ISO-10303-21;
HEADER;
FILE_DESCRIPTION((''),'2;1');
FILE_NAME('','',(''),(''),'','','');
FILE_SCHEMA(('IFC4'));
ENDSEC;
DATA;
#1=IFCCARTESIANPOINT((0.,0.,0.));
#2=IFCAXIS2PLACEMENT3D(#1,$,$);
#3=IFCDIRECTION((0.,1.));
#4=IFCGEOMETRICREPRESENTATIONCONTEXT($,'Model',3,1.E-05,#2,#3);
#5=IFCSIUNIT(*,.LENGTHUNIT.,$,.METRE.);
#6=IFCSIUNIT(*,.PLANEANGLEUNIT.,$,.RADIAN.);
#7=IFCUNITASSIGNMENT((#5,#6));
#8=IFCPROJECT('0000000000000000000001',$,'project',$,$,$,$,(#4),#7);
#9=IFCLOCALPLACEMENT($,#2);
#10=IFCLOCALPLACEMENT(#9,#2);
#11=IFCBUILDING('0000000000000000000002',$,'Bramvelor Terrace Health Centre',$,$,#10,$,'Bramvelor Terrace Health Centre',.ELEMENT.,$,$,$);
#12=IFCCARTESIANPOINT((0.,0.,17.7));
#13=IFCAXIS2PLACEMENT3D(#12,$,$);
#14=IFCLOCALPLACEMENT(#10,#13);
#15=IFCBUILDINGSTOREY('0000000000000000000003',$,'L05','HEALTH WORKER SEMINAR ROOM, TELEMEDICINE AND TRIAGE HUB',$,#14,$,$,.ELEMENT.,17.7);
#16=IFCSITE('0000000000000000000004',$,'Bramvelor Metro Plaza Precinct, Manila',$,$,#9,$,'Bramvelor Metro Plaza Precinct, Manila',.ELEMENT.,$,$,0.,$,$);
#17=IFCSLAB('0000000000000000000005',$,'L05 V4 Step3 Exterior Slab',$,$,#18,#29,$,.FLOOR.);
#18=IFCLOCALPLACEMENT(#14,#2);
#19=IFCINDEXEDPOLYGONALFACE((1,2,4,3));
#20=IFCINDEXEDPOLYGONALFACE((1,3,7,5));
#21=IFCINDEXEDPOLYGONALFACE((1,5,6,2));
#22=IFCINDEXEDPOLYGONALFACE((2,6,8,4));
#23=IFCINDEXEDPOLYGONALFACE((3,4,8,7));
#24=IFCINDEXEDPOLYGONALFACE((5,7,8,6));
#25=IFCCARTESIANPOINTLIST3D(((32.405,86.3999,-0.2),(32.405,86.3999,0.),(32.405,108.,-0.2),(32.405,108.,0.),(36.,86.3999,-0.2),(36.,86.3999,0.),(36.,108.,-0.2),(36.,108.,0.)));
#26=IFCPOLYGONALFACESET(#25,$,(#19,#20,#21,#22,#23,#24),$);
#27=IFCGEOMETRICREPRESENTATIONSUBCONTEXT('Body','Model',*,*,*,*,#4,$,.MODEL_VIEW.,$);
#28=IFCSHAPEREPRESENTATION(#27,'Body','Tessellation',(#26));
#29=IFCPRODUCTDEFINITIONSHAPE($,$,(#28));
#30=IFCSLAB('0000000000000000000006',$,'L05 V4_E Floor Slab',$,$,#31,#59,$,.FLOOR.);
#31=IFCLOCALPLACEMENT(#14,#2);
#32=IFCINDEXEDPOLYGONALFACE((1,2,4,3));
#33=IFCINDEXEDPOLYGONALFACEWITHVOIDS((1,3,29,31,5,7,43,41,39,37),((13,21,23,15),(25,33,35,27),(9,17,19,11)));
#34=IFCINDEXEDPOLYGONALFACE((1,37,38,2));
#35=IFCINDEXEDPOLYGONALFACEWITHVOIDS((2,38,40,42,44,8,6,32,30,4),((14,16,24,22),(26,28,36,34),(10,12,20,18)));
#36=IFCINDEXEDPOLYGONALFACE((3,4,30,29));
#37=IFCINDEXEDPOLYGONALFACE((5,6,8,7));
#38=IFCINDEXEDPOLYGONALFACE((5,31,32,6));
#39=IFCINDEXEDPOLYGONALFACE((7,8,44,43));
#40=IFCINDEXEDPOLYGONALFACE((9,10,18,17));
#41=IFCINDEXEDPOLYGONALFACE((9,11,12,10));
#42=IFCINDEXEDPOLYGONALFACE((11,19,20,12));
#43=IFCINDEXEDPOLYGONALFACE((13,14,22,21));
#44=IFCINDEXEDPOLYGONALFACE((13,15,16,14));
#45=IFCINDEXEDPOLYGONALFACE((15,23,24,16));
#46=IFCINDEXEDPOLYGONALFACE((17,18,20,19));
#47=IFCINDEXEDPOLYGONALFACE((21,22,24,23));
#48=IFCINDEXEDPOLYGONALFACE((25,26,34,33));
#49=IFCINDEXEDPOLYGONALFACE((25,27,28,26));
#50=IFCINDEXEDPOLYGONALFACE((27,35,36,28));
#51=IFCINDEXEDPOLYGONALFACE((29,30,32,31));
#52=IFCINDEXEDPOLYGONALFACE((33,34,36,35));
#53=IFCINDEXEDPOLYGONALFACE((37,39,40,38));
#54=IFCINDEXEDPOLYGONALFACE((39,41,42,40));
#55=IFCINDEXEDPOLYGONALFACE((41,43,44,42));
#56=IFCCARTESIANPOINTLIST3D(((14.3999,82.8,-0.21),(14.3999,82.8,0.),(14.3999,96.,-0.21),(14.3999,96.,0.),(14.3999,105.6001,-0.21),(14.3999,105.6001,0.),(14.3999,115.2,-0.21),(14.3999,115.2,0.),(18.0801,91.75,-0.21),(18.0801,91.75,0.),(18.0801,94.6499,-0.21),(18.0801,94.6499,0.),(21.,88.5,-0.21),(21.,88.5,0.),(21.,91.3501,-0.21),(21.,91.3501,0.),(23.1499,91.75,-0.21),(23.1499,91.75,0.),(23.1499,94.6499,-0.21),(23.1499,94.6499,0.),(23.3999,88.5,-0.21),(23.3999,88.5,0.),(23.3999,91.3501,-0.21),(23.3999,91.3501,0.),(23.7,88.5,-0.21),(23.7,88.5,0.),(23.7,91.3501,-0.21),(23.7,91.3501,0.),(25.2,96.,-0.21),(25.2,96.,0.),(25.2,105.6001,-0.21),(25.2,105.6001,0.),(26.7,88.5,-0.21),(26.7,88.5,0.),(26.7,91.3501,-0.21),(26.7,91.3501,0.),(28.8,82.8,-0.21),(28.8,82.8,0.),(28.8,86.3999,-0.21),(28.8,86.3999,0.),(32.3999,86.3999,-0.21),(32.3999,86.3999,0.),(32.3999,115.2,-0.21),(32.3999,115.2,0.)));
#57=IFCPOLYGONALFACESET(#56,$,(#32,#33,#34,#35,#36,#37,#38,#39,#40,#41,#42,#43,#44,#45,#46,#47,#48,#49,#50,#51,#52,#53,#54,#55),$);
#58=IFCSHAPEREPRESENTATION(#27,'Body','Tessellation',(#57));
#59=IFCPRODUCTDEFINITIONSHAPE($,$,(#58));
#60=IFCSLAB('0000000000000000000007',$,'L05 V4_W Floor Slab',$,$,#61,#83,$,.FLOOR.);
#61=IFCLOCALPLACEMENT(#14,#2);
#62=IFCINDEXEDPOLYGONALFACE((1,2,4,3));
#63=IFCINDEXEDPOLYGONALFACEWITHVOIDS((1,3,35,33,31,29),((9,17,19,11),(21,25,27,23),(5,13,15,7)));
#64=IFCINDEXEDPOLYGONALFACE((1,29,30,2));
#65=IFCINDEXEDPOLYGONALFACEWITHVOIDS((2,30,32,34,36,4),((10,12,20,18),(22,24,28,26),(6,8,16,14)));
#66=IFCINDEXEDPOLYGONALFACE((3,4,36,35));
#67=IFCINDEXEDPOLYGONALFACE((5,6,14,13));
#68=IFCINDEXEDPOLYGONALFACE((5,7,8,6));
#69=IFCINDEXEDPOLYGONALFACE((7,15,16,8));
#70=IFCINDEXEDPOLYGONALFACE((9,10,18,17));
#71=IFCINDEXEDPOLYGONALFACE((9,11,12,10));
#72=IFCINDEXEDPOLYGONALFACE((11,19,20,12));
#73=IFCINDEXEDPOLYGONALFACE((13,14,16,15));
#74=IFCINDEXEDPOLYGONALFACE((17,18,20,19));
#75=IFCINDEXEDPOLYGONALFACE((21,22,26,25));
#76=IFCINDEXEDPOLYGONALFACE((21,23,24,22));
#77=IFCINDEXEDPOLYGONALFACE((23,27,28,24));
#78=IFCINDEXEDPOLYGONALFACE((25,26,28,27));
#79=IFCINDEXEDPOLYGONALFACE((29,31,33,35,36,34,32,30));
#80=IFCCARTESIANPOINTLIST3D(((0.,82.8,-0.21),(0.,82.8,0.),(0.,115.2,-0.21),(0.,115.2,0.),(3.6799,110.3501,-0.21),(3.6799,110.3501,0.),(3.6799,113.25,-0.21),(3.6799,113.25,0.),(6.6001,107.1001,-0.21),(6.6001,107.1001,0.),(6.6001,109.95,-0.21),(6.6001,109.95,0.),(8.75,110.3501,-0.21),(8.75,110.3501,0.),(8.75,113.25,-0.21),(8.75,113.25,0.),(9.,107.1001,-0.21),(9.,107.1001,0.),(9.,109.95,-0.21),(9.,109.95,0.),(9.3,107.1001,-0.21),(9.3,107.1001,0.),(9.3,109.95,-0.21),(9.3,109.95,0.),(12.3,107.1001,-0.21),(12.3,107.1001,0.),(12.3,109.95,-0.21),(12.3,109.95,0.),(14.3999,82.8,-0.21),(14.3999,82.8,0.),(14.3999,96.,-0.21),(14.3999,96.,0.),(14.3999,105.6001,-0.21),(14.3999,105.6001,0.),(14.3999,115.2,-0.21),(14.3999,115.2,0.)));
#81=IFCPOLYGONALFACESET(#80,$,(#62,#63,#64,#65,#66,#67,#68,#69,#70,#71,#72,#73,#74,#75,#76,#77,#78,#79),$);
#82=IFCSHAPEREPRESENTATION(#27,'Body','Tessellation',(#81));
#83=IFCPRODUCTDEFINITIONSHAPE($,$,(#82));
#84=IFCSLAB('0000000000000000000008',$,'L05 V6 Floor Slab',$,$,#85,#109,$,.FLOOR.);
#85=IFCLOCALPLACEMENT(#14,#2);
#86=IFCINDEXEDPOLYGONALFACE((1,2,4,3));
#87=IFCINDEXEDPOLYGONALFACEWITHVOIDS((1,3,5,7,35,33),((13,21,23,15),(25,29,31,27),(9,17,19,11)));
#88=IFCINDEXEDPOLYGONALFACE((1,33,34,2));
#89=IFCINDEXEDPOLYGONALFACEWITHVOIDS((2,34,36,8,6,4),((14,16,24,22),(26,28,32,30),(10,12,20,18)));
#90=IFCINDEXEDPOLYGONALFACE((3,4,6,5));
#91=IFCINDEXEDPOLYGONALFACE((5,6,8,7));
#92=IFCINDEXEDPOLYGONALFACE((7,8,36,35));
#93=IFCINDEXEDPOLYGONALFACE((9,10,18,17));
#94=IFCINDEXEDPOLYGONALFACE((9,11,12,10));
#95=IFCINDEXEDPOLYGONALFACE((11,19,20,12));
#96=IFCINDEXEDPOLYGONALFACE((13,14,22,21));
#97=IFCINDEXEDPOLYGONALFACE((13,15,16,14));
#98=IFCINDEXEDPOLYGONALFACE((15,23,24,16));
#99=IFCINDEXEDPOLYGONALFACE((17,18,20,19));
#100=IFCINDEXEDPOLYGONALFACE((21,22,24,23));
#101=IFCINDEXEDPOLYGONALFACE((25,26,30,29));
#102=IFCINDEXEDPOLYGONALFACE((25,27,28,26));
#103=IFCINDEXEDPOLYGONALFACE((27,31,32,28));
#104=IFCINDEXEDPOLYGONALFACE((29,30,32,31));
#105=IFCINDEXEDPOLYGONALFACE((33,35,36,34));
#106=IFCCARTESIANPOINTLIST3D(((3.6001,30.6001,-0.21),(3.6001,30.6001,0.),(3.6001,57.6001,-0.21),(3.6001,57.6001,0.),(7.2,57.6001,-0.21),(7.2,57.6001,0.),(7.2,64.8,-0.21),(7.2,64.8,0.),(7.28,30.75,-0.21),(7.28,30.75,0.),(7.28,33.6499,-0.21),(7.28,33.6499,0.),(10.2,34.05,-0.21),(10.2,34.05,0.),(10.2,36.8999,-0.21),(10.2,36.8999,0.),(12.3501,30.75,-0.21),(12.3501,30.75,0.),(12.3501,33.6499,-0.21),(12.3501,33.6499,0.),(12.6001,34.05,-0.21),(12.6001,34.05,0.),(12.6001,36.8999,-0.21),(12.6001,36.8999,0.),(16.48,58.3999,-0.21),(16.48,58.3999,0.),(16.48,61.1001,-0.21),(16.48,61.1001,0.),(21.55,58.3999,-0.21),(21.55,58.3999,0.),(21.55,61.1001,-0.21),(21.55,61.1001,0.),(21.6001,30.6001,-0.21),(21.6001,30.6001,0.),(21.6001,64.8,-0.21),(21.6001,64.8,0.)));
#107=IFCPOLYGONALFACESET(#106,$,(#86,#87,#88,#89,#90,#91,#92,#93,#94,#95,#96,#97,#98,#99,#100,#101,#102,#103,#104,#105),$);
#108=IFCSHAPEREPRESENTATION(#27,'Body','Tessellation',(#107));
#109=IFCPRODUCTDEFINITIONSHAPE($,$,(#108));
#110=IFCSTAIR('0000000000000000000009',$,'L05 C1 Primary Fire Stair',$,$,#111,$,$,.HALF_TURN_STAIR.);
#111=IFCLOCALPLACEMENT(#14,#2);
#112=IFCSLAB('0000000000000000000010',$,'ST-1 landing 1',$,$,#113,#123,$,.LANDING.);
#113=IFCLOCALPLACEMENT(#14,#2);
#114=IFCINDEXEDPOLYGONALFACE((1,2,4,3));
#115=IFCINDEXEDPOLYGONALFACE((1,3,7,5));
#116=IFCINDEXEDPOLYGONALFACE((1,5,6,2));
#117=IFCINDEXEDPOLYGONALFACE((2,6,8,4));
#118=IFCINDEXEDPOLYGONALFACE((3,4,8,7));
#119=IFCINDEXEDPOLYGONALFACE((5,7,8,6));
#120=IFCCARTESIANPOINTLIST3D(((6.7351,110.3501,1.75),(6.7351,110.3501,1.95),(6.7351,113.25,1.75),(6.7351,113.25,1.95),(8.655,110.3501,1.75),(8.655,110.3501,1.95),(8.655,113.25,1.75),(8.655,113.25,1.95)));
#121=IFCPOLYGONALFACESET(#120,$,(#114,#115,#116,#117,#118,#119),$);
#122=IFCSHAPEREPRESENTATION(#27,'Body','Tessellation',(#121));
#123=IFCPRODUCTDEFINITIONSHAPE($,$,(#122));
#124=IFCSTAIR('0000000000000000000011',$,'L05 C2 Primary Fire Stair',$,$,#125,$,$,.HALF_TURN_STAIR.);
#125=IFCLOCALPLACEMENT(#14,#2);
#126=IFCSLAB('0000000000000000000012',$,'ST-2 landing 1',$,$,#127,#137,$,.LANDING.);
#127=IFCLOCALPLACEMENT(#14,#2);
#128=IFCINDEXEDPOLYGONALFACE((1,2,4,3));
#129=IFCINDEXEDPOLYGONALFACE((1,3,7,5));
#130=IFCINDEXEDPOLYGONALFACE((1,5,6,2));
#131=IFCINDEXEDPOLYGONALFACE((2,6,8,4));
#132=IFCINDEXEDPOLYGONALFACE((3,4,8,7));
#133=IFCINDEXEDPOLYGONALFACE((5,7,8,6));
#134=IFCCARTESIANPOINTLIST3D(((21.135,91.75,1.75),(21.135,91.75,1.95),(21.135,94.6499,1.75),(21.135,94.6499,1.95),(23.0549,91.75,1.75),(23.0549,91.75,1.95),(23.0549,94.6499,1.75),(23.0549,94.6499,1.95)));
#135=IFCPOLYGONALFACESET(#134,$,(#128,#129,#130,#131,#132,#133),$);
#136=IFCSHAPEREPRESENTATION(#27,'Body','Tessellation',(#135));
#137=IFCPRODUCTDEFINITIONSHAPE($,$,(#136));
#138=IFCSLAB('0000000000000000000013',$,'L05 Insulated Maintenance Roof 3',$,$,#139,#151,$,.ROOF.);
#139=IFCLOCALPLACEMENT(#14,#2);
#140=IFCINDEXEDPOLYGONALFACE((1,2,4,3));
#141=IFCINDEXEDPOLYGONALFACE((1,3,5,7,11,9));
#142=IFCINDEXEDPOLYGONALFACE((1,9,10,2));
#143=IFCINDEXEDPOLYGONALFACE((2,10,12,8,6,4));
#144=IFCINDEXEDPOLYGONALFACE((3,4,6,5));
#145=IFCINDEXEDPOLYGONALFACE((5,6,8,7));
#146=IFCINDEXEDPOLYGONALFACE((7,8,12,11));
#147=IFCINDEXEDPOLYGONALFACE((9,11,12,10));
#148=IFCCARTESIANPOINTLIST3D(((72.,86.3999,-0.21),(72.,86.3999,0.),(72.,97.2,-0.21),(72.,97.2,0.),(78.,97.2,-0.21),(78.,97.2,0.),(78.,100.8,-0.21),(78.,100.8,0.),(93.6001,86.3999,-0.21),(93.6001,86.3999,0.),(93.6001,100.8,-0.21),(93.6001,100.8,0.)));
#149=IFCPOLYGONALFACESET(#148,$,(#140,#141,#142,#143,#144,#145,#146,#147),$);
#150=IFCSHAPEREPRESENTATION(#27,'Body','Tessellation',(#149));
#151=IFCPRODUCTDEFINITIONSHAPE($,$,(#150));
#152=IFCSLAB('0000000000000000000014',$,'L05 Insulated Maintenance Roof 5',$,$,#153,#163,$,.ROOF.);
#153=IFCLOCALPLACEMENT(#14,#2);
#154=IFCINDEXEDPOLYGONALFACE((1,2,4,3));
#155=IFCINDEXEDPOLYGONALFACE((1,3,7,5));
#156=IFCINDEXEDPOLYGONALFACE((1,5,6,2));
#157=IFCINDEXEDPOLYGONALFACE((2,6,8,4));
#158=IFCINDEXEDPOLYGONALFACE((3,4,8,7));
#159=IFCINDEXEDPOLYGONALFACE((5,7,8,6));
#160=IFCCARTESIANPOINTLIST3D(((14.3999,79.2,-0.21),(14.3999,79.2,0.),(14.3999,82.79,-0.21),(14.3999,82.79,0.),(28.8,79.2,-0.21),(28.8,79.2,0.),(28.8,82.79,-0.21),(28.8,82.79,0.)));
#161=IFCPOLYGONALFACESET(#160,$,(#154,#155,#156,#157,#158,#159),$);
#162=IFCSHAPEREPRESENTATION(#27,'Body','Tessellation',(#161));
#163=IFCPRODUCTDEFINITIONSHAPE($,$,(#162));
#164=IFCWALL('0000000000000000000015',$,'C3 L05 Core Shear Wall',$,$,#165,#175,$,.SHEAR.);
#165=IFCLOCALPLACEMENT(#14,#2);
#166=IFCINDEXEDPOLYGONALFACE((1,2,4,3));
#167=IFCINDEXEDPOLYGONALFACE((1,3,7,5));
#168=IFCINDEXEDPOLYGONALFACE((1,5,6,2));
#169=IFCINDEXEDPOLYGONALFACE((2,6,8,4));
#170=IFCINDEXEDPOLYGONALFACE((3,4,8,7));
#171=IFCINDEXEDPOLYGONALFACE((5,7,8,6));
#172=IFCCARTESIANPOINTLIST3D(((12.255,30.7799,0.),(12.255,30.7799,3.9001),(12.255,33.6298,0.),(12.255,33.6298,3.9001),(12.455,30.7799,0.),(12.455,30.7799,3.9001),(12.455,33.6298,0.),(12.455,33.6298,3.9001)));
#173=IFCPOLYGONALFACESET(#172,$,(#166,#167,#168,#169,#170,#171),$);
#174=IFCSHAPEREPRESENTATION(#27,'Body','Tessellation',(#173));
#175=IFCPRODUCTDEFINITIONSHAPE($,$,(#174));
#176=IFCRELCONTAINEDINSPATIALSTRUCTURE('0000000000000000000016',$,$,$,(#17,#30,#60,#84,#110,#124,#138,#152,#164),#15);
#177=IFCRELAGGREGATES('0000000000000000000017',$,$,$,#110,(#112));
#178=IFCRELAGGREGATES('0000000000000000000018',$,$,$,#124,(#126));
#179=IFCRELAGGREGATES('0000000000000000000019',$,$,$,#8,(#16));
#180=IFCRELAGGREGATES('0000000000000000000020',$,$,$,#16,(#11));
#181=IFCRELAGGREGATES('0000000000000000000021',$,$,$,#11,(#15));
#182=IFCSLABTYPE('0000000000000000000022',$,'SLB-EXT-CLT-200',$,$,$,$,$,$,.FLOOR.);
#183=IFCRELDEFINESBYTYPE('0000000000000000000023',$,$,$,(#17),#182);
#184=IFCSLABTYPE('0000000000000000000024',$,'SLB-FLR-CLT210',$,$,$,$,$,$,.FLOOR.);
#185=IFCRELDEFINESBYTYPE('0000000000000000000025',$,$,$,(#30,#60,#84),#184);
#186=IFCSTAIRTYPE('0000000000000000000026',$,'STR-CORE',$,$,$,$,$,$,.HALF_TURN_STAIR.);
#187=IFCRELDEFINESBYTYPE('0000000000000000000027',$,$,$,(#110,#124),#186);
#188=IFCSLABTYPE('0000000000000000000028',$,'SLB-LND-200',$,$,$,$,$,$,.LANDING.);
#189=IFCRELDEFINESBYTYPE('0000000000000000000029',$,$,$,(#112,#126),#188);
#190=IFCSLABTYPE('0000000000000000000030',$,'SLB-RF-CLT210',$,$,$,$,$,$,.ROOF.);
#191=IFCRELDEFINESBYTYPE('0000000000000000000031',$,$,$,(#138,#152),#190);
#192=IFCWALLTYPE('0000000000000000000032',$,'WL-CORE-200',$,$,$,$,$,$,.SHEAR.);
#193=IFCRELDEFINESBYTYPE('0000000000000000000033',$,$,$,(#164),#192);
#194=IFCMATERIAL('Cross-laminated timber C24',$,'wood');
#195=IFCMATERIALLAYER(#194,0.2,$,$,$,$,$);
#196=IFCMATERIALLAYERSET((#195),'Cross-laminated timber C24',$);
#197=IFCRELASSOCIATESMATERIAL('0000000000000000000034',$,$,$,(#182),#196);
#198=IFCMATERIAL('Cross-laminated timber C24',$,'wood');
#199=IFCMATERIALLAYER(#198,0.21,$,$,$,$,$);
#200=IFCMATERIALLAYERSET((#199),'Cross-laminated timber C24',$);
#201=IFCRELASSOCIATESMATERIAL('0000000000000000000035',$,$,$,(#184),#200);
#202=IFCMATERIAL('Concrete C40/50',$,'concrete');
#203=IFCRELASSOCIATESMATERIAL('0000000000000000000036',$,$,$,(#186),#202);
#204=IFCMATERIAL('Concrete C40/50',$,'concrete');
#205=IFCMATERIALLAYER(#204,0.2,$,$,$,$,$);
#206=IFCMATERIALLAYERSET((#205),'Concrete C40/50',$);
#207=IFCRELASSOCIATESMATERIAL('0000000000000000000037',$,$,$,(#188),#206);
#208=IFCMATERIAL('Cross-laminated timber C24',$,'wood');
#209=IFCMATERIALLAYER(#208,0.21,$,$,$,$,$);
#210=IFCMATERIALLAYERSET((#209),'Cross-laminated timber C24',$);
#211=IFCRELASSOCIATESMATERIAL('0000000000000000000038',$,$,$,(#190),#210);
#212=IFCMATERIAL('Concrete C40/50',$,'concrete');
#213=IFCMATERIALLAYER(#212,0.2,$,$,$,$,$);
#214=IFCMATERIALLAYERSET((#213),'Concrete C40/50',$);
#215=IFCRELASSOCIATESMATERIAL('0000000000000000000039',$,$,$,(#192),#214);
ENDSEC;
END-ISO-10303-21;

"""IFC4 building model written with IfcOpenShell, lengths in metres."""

from ifc_helpers import new_model, si_unit, direction, frame, frame_2d, origin, place, context, subcontext, project, spatial, polyline, rectangle, outline, extrude, material, layer, layer_set, type_object, element, aggregate, save


model = new_model("IFC4")

# Units and contexts
model_context = context("Model", 3, precision=1e-05, world=origin(), true_north=direction((0.0, 1.0)))
body_context = subcontext(model_context, "Body", "Model", "MODEL_VIEW")
ifc_project = project(units=[si_unit("LENGTHUNIT", "METRE"), si_unit("PLANEANGLEUNIT", "RADIAN")], contexts=[model_context])

# Site, building, storey
site_placement = place(None, origin())
site = spatial("IfcSite", under=ifc_project, at=site_placement, Name="Bramvelor Metro Plaza Precinct, Manila", LongName="Bramvelor Metro Plaza Precinct, Manila", CompositionType="ELEMENT", RefElevation=0.0)
building_placement = place(site_placement, origin())
building = spatial("IfcBuilding", under=site, at=building_placement, Name="Bramvelor Terrace Health Centre", LongName="Bramvelor Terrace Health Centre", CompositionType="ELEMENT")
storey_placement = place(building_placement, frame((0.0, 0.0, 17.7)))
storey = spatial("IfcBuildingStorey", under=building, at=storey_placement, Name="L05", Description="HEALTH WORKER SEMINAR ROOM, TELEMEDICINE AND TRIAGE HUB", CompositionType="ELEMENT", Elevation=17.7)

# Slabs
ifc_material_1 = material(Name="Cross-laminated timber C24", Category="wood")
ifc_layer_1 = layer(ifc_material_1, 0.2)
ifc_layer_set_1 = layer_set([ifc_layer_1], Name="Cross-laminated timber C24")
slab_type_1 = type_object("IfcSlabType", Name="SLB-EXT-CLT-200", PredefinedType="FLOOR", material=ifc_layer_set_1)
slab_1_placement = place(storey_placement, frame((0.0, 0.0, -0.2)))
element("IfcSlab", 1, at=slab_1_placement, inside=storey, type_object=slab_type_1, Name="L05 V4 Step3 Exterior Slab", PredefinedType="FLOOR", context=body_context, shape_type="SweptSolid", body=[
    extrude(outline(polyline([(36.0, 108.0), (36.0, 86.3999), (32.405, 86.3999), (32.405, 108.0), (36.0, 108.0)])), origin(), (0.0, 0.0, 1.0), 0.2),
])
ifc_material_2 = material(Name="Cross-laminated timber C24", Category="wood")
ifc_layer_2 = layer(ifc_material_2, 0.21)
ifc_layer_set_2 = layer_set([ifc_layer_2], Name="Cross-laminated timber C24")
slab_type_2 = type_object("IfcSlabType", Name="SLB-FLR-CLT210", PredefinedType="FLOOR", material=ifc_layer_set_2)
slab_2_placement = place(storey_placement, frame((0.0, 0.0, -0.21)))
element("IfcSlab", 2, at=slab_2_placement, inside=storey, type_object=slab_type_2, Name="L05 V4_E Floor Slab", PredefinedType="FLOOR", context=body_context, shape_type="SweptSolid", body=[
    extrude(outline(polyline([(28.8, 82.8), (14.3999, 82.8), (14.3999, 96.0), (25.2, 96.0), (25.2, 105.6001), (14.3999, 105.6001), (14.3999, 115.2), (32.3999, 115.2), (32.3999, 86.3999), (28.8, 86.3999), (28.8, 82.8)]), holes=[polyline([(18.0801, 91.75), (23.1499, 91.75), (23.1499, 94.6499), (18.0801, 94.6499), (18.0801, 91.75)]), polyline([(21.0, 91.3501), (21.0, 88.5), (23.3999, 88.5), (23.3999, 91.3501), (21.0, 91.3501)]), polyline([(26.7, 91.3501), (23.7, 91.3501), (23.7, 88.5), (26.7, 88.5), (26.7, 91.3501)])]), origin(), (0.0, 0.0, 1.0), 0.21),
])
slab_3_placement = place(storey_placement, frame((0.0, 0.0, -0.21)))
element("IfcSlab", 3, at=slab_3_placement, inside=storey, type_object=slab_type_2, Name="L05 V4_W Floor Slab", PredefinedType="FLOOR", context=body_context, shape_type="SweptSolid", body=[
    extrude(outline(polyline([(14.3999, 82.8), (0.0, 82.8), (0.0, 115.2), (14.3999, 115.2), (14.3999, 105.6001), (14.3999, 96.0), (14.3999, 82.8)]), holes=[polyline([(3.6799, 110.3501), (8.75, 110.3501), (8.75, 113.25), (3.6799, 113.25), (3.6799, 110.3501)]), polyline([(6.6001, 109.95), (6.6001, 107.1001), (9.0, 107.1001), (9.0, 109.95), (6.6001, 109.95)]), polyline([(12.3, 109.95), (9.3, 109.95), (9.3, 107.1001), (12.3, 107.1001), (12.3, 109.95)])]), origin(), (0.0, 0.0, 1.0), 0.21),
])
slab_4_placement = place(storey_placement, frame((0.0, 0.0, -0.21)))
element("IfcSlab", 4, at=slab_4_placement, inside=storey, type_object=slab_type_2, Name="L05 V6 Floor Slab", PredefinedType="FLOOR", context=body_context, shape_type="SweptSolid", body=[
    extrude(outline(polyline([(3.6001, 57.6001), (7.2, 57.6001), (7.2, 64.8), (21.6001, 64.8), (21.6001, 30.6001), (3.6001, 30.6001), (3.6001, 57.6001)]), holes=[polyline([(7.28, 30.75), (12.3501, 30.75), (12.3501, 33.6499), (7.28, 33.6499), (7.28, 30.75)]), polyline([(10.2, 36.8999), (10.2, 34.05), (12.6001, 34.05), (12.6001, 36.8999), (10.2, 36.8999)]), polyline([(21.55, 61.1001), (16.48, 61.1001), (16.48, 58.3999), (21.55, 58.3999), (21.55, 61.1001)])]), origin(), (0.0, 0.0, 1.0), 0.21),
])

# Stairs, slabs
ifc_material_3 = material(Name="Concrete C40/50", Category="concrete")
stair_type = type_object("IfcStairType", Name="STR-CORE", PredefinedType="HALF_TURN_STAIR", material=ifc_material_3)
stair_1_placement = place(storey_placement, origin())
stair_1 = element("IfcStair", 5, at=stair_1_placement, inside=storey, type_object=stair_type, Name="L05 C1 Primary Fire Stair", PredefinedType="HALF_TURN_STAIR")
ifc_material_4 = material(Name="Concrete C40/50", Category="concrete")
ifc_layer_3 = layer(ifc_material_4, 0.2)
ifc_layer_set_3 = layer_set([ifc_layer_3], Name="Concrete C40/50")
slab_type_3 = type_object("IfcSlabType", Name="SLB-LND-200", PredefinedType="LANDING", material=ifc_layer_set_3)
slab_5_placement = place(storey_placement, frame((0.0, 0.0, 1.75)))
slab_5 = element("IfcSlab", 6, at=slab_5_placement, type_object=slab_type_3, Name="ST-1 landing 1", PredefinedType="LANDING", context=body_context, shape_type="SweptSolid", body=[
    extrude(outline(polyline([(6.7351, 110.3501), (8.655, 110.3501), (8.655, 113.25), (6.7351, 113.25), (6.7351, 110.3501)])), origin(), (0.0, 0.0, 1.0), 0.2),
])
aggregate(stair_1, [slab_5])
stair_2_placement = place(storey_placement, origin())
stair_2 = element("IfcStair", 7, at=stair_2_placement, inside=storey, type_object=stair_type, Name="L05 C2 Primary Fire Stair", PredefinedType="HALF_TURN_STAIR")
slab_6_placement = place(storey_placement, frame((0.0, 0.0, 1.75)))
slab_6 = element("IfcSlab", 8, at=slab_6_placement, type_object=slab_type_3, Name="ST-2 landing 1", PredefinedType="LANDING", context=body_context, shape_type="SweptSolid", body=[
    extrude(outline(polyline([(21.135, 91.75), (23.0549, 91.75), (23.0549, 94.6499), (21.135, 94.6499), (21.135, 91.75)])), origin(), (0.0, 0.0, 1.0), 0.2),
])
aggregate(stair_2, [slab_6])

# Slabs
ifc_material_5 = material(Name="Cross-laminated timber C24", Category="wood")
ifc_layer_4 = layer(ifc_material_5, 0.21)
ifc_layer_set_4 = layer_set([ifc_layer_4], Name="Cross-laminated timber C24")
slab_type_4 = type_object("IfcSlabType", Name="SLB-RF-CLT210", PredefinedType="ROOF", material=ifc_layer_set_4)
slab_7_placement = place(storey_placement, frame((0.0, 0.0, -0.21)))
element("IfcSlab", 9, at=slab_7_placement, inside=storey, type_object=slab_type_4, Name="L05 Insulated Maintenance Roof 3", PredefinedType="ROOF", context=body_context, shape_type="SweptSolid", body=[
    extrude(outline(polyline([(78.0, 100.8), (93.6001, 100.8), (93.6001, 86.3999), (72.0, 86.3999), (72.0, 97.2), (78.0, 97.2), (78.0, 100.8)])), origin(), (0.0, 0.0, 1.0), 0.21),
])
slab_8_placement = place(storey_placement, frame((0.0, 0.0, -0.21)))
element("IfcSlab", 10, at=slab_8_placement, inside=storey, type_object=slab_type_4, Name="L05 Insulated Maintenance Roof 5", PredefinedType="ROOF", context=body_context, shape_type="SweptSolid", body=[
    extrude(outline(polyline([(28.8, 82.79), (28.8, 79.2), (14.3999, 79.2), (14.3999, 82.79), (28.8, 82.79)])), origin(), (0.0, 0.0, 1.0), 0.21),
])

# Wall
ifc_material_6 = material(Name="Concrete C40/50", Category="concrete")
ifc_layer_5 = layer(ifc_material_6, 0.2)
ifc_layer_set_5 = layer_set([ifc_layer_5], Name="Concrete C40/50")
wall_type_1 = type_object("IfcWallType", Name="WL-CORE-200", PredefinedType="SHEAR", material=ifc_layer_set_5)
wall_1_placement = place(storey_placement, frame((12.355, 30.78, 0.0), z_axis=(0.0, 0.0, 1.0), x_axis=(0.0, 1.0, 0.0)))
element("IfcWall", 11, at=wall_1_placement, inside=storey, type_object=wall_type_1, Name="C3 L05 Core Shear Wall", PredefinedType="SHEAR", context=body_context, shape_type="SweptSolid", body=[
    extrude(rectangle(XDim=2.8499, YDim=0.2, at=frame_2d((1.4248, 0.0))), origin(), (0.0, 0.0, 1.0), 3.9001),
])

save(model, "model.ifc")
